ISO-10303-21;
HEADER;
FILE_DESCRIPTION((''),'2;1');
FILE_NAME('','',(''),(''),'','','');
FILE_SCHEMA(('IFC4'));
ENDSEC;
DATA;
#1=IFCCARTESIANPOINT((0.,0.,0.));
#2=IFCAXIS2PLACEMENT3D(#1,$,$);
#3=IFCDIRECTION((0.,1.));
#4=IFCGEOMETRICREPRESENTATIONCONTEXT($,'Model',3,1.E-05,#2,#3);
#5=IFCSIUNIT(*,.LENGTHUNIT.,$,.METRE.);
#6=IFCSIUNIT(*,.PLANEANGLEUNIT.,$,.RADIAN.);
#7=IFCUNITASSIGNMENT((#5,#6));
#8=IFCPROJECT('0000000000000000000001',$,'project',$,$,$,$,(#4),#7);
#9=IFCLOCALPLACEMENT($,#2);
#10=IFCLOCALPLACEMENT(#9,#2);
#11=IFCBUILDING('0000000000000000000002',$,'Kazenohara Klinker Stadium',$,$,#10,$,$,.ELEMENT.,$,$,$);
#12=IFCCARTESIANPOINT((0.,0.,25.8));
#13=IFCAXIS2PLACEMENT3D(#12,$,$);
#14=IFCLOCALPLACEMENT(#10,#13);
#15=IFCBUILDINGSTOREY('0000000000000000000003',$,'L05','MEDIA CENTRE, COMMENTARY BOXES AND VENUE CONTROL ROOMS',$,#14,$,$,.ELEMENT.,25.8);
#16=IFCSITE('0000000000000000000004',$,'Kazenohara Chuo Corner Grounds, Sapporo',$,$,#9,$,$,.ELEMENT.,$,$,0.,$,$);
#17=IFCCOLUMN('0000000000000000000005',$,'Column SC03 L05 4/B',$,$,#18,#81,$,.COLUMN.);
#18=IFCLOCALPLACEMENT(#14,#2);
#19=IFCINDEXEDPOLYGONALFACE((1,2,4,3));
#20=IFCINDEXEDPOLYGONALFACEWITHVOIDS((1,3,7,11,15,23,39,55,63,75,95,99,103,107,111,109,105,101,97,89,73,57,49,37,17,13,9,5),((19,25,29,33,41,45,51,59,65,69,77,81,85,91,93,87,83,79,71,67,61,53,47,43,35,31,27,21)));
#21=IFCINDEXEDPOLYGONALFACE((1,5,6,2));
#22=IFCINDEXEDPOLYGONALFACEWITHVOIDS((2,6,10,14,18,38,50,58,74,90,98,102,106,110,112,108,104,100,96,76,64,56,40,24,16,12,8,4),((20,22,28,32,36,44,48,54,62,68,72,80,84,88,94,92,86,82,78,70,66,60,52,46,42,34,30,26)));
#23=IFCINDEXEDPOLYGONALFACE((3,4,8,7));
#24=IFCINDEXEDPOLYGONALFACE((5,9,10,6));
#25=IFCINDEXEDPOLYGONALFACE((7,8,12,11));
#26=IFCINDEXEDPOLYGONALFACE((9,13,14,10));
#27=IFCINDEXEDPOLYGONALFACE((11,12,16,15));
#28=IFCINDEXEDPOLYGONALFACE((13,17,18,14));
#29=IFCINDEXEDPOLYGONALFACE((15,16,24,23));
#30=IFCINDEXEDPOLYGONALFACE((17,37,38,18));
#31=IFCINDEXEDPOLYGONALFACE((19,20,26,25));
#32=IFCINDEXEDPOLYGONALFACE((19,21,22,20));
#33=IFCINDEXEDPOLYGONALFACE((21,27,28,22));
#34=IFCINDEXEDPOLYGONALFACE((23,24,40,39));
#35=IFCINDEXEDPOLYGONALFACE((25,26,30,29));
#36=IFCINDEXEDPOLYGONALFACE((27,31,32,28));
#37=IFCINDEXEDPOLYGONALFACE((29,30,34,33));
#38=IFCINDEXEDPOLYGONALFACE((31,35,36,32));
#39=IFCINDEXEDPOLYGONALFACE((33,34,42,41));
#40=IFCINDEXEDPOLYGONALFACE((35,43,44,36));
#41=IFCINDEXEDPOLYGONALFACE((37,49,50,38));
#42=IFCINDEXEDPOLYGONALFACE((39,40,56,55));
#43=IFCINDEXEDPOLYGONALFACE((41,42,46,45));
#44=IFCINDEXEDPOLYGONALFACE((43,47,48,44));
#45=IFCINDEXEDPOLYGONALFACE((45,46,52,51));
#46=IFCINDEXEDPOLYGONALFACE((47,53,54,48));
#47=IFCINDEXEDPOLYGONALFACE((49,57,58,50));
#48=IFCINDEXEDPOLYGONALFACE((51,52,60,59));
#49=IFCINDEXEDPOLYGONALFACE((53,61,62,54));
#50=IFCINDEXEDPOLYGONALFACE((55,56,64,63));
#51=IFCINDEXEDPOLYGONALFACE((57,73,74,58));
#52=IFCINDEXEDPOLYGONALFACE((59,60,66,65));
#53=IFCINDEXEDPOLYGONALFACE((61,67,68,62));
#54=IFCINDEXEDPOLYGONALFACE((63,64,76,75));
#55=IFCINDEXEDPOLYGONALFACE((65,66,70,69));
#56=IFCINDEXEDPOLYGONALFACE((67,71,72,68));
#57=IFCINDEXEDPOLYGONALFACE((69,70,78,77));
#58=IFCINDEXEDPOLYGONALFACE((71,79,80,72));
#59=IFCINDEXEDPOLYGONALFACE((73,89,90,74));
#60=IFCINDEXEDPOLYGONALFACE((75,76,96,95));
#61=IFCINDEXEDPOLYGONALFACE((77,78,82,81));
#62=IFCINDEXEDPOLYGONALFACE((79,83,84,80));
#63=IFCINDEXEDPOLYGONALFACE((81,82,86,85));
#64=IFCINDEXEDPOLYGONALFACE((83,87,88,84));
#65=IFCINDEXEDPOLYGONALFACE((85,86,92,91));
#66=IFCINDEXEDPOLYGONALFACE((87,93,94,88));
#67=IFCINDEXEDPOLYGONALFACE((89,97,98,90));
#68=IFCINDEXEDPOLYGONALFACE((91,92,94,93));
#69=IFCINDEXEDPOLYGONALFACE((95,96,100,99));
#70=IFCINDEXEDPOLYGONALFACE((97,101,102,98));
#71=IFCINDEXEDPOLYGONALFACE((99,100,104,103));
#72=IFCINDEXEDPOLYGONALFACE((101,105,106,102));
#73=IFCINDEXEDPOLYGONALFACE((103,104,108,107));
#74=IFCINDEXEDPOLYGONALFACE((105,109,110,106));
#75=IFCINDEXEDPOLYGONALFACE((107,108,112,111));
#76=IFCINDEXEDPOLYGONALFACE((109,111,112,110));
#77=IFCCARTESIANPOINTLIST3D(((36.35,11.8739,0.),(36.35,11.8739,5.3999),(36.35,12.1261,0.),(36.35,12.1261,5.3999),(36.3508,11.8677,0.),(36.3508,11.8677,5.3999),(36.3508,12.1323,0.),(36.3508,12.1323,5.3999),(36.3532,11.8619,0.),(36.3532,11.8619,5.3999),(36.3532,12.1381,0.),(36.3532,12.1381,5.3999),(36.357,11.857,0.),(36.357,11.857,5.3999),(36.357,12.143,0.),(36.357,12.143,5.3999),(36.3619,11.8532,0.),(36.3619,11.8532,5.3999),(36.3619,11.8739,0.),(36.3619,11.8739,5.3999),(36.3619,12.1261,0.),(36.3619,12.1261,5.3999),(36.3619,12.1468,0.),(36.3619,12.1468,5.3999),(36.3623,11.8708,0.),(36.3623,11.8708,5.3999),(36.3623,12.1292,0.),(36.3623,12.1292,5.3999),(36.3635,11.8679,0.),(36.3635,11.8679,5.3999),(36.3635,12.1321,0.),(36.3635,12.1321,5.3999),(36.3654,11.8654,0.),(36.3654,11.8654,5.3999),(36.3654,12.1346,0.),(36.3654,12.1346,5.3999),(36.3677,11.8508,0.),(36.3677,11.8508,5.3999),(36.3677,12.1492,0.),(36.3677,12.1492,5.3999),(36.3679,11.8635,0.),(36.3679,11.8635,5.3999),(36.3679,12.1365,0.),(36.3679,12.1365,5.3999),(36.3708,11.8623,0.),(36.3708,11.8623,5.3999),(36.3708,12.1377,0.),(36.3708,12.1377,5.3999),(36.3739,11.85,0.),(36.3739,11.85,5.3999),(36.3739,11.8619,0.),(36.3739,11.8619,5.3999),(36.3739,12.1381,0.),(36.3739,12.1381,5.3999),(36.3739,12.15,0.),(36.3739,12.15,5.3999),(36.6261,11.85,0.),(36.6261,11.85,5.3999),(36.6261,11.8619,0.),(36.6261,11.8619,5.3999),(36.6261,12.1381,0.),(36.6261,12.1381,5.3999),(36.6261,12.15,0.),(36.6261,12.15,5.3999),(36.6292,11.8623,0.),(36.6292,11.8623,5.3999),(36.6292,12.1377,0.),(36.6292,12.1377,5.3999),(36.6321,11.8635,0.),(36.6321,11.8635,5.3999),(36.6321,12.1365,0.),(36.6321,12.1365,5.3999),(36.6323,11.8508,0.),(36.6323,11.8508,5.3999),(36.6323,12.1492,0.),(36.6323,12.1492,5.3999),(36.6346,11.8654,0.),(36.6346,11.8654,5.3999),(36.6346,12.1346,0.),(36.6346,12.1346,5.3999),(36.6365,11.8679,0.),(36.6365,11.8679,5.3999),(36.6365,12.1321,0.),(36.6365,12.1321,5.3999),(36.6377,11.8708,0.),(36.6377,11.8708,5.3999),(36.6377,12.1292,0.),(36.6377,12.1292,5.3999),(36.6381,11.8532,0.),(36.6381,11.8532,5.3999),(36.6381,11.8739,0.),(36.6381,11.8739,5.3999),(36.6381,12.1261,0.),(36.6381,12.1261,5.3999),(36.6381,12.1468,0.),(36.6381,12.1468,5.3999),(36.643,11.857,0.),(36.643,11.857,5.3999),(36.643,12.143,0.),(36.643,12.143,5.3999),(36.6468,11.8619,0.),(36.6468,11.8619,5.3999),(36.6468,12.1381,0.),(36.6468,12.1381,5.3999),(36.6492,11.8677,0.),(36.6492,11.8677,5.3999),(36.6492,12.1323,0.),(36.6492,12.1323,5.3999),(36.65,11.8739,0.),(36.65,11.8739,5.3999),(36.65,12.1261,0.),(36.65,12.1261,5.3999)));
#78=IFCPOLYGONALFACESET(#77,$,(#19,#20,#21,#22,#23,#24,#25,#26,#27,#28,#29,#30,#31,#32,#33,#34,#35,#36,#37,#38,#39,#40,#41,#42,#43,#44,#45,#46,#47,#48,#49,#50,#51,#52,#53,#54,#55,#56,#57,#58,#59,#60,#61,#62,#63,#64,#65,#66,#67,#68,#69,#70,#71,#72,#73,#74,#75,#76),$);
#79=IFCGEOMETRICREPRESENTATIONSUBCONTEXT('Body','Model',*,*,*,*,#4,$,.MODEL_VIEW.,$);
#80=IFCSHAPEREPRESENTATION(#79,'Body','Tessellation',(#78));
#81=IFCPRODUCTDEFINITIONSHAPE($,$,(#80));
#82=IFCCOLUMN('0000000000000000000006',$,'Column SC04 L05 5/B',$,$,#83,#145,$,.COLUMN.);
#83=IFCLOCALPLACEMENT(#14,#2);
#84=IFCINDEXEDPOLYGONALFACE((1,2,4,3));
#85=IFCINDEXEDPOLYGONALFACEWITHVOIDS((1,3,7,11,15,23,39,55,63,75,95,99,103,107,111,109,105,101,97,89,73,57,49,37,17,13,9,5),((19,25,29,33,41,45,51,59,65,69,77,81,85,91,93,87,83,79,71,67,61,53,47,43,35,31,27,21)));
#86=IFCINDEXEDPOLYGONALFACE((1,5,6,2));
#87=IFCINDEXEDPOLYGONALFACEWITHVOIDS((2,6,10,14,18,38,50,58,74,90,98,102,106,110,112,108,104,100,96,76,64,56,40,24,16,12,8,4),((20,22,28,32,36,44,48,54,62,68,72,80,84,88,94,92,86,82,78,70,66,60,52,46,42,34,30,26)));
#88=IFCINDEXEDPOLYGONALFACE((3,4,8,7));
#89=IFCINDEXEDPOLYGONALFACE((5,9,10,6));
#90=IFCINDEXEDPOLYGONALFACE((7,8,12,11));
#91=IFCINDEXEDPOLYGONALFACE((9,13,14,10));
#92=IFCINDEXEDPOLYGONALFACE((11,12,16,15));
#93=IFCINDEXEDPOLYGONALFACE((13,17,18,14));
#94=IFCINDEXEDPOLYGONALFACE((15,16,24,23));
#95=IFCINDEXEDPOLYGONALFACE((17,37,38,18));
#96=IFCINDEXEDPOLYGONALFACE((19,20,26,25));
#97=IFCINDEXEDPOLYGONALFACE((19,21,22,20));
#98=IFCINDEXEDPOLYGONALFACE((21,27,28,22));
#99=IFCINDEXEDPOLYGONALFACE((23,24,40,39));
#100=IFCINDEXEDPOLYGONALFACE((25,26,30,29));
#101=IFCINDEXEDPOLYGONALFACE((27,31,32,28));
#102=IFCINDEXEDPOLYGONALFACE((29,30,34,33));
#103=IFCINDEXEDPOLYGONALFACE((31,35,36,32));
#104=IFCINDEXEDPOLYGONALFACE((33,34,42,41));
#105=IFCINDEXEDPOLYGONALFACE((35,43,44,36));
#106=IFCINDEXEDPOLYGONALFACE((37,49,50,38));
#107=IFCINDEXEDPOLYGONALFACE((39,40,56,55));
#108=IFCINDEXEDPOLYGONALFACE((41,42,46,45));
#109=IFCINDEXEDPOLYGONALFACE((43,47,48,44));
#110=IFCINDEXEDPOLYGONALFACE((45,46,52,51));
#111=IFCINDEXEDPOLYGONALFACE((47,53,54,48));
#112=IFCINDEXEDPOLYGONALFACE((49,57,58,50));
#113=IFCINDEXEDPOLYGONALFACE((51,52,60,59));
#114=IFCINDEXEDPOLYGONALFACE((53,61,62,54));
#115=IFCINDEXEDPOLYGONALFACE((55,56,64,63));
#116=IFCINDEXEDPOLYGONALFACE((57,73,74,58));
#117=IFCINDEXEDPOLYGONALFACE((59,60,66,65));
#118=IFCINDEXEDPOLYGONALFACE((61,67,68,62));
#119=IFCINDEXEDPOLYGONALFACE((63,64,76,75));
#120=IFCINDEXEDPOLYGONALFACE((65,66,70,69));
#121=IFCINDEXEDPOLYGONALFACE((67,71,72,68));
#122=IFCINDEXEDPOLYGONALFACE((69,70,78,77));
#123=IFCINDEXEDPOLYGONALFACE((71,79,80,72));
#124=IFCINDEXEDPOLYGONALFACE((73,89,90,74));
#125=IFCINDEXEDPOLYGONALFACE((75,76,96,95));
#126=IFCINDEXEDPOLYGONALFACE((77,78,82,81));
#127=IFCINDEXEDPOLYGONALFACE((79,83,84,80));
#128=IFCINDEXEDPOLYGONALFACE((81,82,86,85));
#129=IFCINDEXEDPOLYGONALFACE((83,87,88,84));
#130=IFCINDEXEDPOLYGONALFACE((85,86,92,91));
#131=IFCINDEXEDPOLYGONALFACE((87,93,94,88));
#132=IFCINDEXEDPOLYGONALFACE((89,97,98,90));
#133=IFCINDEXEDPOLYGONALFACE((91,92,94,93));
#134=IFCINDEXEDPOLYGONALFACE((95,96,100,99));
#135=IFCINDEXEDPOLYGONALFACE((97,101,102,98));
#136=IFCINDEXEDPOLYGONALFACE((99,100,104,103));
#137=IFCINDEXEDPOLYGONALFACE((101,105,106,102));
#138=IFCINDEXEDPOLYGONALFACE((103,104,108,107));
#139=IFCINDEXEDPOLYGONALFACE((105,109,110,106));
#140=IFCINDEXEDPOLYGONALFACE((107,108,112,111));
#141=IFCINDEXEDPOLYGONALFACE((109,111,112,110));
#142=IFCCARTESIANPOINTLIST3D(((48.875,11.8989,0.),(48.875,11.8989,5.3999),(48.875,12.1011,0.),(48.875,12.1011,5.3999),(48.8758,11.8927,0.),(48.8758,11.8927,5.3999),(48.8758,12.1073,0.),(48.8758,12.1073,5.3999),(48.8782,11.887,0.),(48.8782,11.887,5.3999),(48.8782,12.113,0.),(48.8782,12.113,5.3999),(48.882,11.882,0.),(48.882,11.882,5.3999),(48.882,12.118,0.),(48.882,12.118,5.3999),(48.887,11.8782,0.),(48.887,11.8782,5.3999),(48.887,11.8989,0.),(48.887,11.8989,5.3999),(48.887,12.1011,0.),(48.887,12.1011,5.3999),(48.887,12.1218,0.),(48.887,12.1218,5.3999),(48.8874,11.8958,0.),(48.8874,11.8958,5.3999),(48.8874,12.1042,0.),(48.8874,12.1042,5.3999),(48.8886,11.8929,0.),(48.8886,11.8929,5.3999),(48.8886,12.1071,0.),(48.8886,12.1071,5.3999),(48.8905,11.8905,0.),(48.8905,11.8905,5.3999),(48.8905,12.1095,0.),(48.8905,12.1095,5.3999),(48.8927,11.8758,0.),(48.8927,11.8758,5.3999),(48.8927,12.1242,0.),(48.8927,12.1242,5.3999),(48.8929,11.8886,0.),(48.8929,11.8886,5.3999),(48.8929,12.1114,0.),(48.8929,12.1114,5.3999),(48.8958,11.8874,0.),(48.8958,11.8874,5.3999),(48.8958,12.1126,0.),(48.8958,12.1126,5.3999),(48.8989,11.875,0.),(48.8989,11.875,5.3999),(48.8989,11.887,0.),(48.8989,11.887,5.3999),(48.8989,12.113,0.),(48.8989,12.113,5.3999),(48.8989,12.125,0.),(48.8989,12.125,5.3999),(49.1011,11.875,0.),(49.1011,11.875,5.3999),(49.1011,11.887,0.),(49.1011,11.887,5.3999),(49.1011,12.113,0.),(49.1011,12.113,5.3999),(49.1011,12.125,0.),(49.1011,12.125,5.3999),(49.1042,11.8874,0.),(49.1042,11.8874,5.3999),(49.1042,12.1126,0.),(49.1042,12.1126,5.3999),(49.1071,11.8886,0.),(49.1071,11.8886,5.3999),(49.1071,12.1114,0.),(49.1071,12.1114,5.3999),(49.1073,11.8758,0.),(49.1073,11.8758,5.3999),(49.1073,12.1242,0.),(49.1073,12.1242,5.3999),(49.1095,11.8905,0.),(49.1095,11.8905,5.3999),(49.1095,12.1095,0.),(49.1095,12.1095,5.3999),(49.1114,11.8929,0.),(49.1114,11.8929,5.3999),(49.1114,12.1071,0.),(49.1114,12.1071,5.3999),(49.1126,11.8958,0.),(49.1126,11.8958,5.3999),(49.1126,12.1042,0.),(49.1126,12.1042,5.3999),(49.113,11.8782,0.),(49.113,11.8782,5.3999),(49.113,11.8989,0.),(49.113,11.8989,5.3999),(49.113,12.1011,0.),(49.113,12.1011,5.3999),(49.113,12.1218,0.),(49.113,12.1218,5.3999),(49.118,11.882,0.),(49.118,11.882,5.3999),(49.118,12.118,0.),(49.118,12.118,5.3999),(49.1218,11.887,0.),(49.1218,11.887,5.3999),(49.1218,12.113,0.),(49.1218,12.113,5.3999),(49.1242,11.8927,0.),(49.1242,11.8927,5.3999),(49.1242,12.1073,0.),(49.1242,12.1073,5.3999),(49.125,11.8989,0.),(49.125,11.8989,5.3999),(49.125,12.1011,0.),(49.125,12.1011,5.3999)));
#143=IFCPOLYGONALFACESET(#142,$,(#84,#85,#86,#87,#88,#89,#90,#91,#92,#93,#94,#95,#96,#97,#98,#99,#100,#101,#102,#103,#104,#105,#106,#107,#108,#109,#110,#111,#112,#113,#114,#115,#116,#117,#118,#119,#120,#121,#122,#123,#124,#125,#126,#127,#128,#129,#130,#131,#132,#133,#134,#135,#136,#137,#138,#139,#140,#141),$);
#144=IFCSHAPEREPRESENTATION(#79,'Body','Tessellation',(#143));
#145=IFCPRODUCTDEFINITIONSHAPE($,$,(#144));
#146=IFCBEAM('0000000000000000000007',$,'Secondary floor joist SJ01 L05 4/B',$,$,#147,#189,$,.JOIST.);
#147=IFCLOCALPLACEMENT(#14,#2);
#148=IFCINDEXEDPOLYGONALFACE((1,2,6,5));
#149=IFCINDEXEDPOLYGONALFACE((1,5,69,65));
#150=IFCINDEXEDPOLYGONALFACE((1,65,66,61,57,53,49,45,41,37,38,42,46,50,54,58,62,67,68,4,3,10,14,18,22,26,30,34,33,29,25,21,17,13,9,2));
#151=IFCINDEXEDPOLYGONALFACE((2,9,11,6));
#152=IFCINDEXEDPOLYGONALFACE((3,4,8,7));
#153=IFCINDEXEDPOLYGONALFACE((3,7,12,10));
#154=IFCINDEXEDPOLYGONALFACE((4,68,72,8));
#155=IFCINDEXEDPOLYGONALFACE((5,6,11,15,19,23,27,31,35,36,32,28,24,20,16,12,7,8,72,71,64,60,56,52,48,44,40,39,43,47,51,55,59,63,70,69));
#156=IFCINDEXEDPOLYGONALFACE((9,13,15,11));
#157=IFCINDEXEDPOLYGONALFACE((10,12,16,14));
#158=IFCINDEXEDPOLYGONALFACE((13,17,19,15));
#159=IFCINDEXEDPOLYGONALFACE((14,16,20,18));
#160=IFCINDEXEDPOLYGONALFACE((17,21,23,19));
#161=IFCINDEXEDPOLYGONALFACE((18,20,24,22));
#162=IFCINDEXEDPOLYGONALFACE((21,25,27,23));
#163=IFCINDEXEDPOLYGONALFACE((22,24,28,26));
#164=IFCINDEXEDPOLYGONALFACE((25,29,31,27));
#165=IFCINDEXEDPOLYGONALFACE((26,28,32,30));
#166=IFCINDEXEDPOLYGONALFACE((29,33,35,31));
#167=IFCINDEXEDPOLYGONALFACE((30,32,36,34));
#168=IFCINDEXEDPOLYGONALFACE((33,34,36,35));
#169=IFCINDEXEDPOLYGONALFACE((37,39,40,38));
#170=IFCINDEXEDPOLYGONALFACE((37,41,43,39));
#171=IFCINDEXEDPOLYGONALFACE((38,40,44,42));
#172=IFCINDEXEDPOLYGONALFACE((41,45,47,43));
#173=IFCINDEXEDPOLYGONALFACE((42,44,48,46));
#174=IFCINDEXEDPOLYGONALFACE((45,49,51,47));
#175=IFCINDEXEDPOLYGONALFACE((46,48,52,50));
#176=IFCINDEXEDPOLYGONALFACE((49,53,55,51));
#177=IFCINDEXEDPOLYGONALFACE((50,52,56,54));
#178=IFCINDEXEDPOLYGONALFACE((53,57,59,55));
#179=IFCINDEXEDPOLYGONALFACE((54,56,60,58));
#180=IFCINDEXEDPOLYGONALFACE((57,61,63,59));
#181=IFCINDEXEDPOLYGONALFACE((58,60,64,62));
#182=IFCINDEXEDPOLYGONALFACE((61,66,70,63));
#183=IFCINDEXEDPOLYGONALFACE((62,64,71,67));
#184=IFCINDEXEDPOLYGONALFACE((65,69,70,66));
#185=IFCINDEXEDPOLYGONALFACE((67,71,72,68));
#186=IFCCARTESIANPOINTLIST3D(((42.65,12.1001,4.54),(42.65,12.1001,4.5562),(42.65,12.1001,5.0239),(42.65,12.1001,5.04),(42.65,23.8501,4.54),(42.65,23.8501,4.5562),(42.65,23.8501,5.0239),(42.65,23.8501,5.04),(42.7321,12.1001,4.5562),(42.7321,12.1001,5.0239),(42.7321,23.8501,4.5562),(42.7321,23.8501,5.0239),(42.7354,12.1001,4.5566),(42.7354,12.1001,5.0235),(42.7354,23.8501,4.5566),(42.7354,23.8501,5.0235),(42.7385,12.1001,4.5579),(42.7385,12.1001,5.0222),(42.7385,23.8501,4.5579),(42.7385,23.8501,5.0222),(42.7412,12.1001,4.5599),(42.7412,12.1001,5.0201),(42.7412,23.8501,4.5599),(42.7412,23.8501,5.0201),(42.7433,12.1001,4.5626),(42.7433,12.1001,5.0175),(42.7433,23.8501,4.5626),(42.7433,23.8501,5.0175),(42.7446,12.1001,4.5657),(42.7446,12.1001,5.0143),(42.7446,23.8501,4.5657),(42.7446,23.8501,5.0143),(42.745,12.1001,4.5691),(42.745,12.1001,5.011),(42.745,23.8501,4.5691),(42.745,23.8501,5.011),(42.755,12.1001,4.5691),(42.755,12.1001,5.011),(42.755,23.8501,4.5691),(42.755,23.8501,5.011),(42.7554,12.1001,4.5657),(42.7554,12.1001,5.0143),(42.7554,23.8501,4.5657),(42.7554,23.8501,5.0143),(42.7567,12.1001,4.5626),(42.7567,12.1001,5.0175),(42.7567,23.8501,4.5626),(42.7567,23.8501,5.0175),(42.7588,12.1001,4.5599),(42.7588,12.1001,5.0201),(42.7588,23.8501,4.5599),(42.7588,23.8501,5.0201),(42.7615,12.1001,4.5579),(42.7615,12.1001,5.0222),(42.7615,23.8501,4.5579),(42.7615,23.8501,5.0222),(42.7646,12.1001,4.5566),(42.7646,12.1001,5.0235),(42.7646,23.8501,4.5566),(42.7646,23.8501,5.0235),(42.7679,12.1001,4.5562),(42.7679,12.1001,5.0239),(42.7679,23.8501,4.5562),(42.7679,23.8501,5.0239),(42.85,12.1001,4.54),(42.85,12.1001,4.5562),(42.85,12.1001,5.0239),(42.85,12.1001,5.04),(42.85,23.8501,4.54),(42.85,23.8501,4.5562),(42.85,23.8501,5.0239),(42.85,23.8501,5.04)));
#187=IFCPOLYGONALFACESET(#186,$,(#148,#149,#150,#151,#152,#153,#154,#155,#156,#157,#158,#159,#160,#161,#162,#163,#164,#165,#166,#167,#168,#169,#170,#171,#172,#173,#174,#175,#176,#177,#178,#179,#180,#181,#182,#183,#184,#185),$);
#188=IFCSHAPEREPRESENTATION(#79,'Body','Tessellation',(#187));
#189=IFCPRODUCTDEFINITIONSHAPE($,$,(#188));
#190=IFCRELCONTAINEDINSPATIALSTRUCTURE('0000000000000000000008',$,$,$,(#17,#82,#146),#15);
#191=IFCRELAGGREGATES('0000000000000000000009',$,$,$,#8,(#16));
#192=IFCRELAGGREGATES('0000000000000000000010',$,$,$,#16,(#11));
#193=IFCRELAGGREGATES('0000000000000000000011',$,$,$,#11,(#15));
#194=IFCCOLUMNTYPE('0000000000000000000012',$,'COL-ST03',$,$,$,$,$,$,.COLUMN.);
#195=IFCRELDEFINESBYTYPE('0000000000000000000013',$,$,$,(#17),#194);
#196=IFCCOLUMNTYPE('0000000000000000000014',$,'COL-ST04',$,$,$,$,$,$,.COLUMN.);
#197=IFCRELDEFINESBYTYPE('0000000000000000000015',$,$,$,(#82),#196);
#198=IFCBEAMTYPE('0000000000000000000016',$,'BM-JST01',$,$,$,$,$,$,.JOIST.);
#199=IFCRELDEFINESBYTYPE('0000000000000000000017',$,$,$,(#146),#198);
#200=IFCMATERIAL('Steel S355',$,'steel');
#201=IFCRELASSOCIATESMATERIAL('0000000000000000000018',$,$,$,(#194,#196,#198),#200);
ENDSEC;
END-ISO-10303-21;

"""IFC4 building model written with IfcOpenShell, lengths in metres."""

from ifc_helpers import new_model, si_unit, direction, frame, origin, origin_2d, place, context, subcontext, project, spatial, hollow_rectangle, i_section, extrude, material, material_profile, profile_set, type_object, element, save


model = new_model("IFC4")

# Units and contexts
model_context = context("Model", 3, precision=1e-05, world=origin(), true_north=direction((0.0, 1.0)))
body_context = subcontext(model_context, "Body", "Model", "MODEL_VIEW")
ifc_project = project(units=[si_unit("LENGTHUNIT", "METRE"), si_unit("PLANEANGLEUNIT", "RADIAN")], contexts=[model_context])

# Site, building, storey
site_placement = place(None, origin())
site = spatial("IfcSite", under=ifc_project, at=site_placement, Name="Kazenohara Chuo Corner Grounds, Sapporo", CompositionType="ELEMENT", RefElevation=0.0)
building_placement = place(site_placement, origin())
building = spatial("IfcBuilding", under=site, at=building_placement, Name="Kazenohara Klinker Stadium", CompositionType="ELEMENT")
storey_placement = place(building_placement, frame((0.0, 0.0, 25.8)))
storey = spatial("IfcBuildingStorey", under=building, at=storey_placement, Name="L05", Description="MEDIA CENTRE, COMMENTARY BOXES AND VENUE CONTROL ROOMS", CompositionType="ELEMENT", Elevation=25.8)

# Columns
ifc_material_1 = material(Name="Steel S355", Category="steel")
ifc_material_profile_1 = material_profile(ifc_material_1, hollow_rectangle(XDim=0.3, YDim=0.3, WallThickness=0.012, InnerFilletRadius=0.012, OuterFilletRadius=0.0239, at=origin_2d()), Name="SHS-300x300x12")
ifc_profile_set_1 = profile_set([ifc_material_profile_1], Name="Steel S355")
column_type_1 = type_object("IfcColumnType", Name="COL-ST03", PredefinedType="COLUMN", material=ifc_profile_set_1)
column_1_placement = place(storey_placement, frame((36.5, 12.0, 0.0), z_axis=(0.0, 0.0, 1.0), x_axis=(1.0, 0.0, 0.0)))
element("IfcColumn", 1, at=column_1_placement, inside=storey, type_object=column_type_1, Name="Column SC03 L05 4/B", PredefinedType="COLUMN", context=body_context, shape_type="SweptSolid", body=[
    extrude(hollow_rectangle(XDim=0.3, YDim=0.3, WallThickness=0.012, InnerFilletRadius=0.012, OuterFilletRadius=0.0239, at=origin_2d()), origin(), (0.0, 0.0, 1.0), 5.3999),
])
ifc_material_profile_2 = material_profile(ifc_material_1, hollow_rectangle(XDim=0.25, YDim=0.25, WallThickness=0.012, InnerFilletRadius=0.012, OuterFilletRadius=0.0239, at=origin_2d()), Name="SHS-250x250x12")
ifc_profile_set_2 = profile_set([ifc_material_profile_2], Name="Steel S355")
column_type_2 = type_object("IfcColumnType", Name="COL-ST04", PredefinedType="COLUMN", material=ifc_profile_set_2)
column_2_placement = place(storey_placement, frame((49.0, 12.0, 0.0), z_axis=(0.0, 0.0, 1.0), x_axis=(1.0, 0.0, 0.0)))
element("IfcColumn", 2, at=column_2_placement, inside=storey, type_object=column_type_2, Name="Column SC04 L05 5/B", PredefinedType="COLUMN", context=body_context, shape_type="SweptSolid", body=[
    extrude(hollow_rectangle(XDim=0.25, YDim=0.25, WallThickness=0.012, InnerFilletRadius=0.012, OuterFilletRadius=0.0239, at=origin_2d()), origin(), (0.0, 0.0, 1.0), 5.3999),
])

# Beam
ifc_material_profile_3 = material_profile(ifc_material_1, i_section(OverallWidth=0.2, OverallDepth=0.5, WebThickness=0.01, FlangeThickness=0.0161, FilletRadius=0.0129, at=origin_2d()), Name="H-500x200x10x16")
ifc_profile_set_3 = profile_set([ifc_material_profile_3], Name="Steel S355")
beam_type_1 = type_object("IfcBeamType", Name="BM-JST01", PredefinedType="JOIST", material=ifc_profile_set_3)
beam_1_placement = place(storey_placement, frame((42.75, 12.1001, 4.79), z_axis=(0.0, 1.0, 0.0), x_axis=(-1.0, 0.0, 0.0)))
element("IfcBeam", 3, at=beam_1_placement, inside=storey, type_object=beam_type_1, Name="Secondary floor joist SJ01 L05 4/B", PredefinedType="JOIST", context=body_context, shape_type="SweptSolid", body=[
    extrude(i_section(OverallWidth=0.2, OverallDepth=0.5, WebThickness=0.01, FlangeThickness=0.0161, FilletRadius=0.0129, at=origin_2d()), origin(), (0.0, 0.0, 1.0), 11.75),
])

save(model, "model.ifc")
